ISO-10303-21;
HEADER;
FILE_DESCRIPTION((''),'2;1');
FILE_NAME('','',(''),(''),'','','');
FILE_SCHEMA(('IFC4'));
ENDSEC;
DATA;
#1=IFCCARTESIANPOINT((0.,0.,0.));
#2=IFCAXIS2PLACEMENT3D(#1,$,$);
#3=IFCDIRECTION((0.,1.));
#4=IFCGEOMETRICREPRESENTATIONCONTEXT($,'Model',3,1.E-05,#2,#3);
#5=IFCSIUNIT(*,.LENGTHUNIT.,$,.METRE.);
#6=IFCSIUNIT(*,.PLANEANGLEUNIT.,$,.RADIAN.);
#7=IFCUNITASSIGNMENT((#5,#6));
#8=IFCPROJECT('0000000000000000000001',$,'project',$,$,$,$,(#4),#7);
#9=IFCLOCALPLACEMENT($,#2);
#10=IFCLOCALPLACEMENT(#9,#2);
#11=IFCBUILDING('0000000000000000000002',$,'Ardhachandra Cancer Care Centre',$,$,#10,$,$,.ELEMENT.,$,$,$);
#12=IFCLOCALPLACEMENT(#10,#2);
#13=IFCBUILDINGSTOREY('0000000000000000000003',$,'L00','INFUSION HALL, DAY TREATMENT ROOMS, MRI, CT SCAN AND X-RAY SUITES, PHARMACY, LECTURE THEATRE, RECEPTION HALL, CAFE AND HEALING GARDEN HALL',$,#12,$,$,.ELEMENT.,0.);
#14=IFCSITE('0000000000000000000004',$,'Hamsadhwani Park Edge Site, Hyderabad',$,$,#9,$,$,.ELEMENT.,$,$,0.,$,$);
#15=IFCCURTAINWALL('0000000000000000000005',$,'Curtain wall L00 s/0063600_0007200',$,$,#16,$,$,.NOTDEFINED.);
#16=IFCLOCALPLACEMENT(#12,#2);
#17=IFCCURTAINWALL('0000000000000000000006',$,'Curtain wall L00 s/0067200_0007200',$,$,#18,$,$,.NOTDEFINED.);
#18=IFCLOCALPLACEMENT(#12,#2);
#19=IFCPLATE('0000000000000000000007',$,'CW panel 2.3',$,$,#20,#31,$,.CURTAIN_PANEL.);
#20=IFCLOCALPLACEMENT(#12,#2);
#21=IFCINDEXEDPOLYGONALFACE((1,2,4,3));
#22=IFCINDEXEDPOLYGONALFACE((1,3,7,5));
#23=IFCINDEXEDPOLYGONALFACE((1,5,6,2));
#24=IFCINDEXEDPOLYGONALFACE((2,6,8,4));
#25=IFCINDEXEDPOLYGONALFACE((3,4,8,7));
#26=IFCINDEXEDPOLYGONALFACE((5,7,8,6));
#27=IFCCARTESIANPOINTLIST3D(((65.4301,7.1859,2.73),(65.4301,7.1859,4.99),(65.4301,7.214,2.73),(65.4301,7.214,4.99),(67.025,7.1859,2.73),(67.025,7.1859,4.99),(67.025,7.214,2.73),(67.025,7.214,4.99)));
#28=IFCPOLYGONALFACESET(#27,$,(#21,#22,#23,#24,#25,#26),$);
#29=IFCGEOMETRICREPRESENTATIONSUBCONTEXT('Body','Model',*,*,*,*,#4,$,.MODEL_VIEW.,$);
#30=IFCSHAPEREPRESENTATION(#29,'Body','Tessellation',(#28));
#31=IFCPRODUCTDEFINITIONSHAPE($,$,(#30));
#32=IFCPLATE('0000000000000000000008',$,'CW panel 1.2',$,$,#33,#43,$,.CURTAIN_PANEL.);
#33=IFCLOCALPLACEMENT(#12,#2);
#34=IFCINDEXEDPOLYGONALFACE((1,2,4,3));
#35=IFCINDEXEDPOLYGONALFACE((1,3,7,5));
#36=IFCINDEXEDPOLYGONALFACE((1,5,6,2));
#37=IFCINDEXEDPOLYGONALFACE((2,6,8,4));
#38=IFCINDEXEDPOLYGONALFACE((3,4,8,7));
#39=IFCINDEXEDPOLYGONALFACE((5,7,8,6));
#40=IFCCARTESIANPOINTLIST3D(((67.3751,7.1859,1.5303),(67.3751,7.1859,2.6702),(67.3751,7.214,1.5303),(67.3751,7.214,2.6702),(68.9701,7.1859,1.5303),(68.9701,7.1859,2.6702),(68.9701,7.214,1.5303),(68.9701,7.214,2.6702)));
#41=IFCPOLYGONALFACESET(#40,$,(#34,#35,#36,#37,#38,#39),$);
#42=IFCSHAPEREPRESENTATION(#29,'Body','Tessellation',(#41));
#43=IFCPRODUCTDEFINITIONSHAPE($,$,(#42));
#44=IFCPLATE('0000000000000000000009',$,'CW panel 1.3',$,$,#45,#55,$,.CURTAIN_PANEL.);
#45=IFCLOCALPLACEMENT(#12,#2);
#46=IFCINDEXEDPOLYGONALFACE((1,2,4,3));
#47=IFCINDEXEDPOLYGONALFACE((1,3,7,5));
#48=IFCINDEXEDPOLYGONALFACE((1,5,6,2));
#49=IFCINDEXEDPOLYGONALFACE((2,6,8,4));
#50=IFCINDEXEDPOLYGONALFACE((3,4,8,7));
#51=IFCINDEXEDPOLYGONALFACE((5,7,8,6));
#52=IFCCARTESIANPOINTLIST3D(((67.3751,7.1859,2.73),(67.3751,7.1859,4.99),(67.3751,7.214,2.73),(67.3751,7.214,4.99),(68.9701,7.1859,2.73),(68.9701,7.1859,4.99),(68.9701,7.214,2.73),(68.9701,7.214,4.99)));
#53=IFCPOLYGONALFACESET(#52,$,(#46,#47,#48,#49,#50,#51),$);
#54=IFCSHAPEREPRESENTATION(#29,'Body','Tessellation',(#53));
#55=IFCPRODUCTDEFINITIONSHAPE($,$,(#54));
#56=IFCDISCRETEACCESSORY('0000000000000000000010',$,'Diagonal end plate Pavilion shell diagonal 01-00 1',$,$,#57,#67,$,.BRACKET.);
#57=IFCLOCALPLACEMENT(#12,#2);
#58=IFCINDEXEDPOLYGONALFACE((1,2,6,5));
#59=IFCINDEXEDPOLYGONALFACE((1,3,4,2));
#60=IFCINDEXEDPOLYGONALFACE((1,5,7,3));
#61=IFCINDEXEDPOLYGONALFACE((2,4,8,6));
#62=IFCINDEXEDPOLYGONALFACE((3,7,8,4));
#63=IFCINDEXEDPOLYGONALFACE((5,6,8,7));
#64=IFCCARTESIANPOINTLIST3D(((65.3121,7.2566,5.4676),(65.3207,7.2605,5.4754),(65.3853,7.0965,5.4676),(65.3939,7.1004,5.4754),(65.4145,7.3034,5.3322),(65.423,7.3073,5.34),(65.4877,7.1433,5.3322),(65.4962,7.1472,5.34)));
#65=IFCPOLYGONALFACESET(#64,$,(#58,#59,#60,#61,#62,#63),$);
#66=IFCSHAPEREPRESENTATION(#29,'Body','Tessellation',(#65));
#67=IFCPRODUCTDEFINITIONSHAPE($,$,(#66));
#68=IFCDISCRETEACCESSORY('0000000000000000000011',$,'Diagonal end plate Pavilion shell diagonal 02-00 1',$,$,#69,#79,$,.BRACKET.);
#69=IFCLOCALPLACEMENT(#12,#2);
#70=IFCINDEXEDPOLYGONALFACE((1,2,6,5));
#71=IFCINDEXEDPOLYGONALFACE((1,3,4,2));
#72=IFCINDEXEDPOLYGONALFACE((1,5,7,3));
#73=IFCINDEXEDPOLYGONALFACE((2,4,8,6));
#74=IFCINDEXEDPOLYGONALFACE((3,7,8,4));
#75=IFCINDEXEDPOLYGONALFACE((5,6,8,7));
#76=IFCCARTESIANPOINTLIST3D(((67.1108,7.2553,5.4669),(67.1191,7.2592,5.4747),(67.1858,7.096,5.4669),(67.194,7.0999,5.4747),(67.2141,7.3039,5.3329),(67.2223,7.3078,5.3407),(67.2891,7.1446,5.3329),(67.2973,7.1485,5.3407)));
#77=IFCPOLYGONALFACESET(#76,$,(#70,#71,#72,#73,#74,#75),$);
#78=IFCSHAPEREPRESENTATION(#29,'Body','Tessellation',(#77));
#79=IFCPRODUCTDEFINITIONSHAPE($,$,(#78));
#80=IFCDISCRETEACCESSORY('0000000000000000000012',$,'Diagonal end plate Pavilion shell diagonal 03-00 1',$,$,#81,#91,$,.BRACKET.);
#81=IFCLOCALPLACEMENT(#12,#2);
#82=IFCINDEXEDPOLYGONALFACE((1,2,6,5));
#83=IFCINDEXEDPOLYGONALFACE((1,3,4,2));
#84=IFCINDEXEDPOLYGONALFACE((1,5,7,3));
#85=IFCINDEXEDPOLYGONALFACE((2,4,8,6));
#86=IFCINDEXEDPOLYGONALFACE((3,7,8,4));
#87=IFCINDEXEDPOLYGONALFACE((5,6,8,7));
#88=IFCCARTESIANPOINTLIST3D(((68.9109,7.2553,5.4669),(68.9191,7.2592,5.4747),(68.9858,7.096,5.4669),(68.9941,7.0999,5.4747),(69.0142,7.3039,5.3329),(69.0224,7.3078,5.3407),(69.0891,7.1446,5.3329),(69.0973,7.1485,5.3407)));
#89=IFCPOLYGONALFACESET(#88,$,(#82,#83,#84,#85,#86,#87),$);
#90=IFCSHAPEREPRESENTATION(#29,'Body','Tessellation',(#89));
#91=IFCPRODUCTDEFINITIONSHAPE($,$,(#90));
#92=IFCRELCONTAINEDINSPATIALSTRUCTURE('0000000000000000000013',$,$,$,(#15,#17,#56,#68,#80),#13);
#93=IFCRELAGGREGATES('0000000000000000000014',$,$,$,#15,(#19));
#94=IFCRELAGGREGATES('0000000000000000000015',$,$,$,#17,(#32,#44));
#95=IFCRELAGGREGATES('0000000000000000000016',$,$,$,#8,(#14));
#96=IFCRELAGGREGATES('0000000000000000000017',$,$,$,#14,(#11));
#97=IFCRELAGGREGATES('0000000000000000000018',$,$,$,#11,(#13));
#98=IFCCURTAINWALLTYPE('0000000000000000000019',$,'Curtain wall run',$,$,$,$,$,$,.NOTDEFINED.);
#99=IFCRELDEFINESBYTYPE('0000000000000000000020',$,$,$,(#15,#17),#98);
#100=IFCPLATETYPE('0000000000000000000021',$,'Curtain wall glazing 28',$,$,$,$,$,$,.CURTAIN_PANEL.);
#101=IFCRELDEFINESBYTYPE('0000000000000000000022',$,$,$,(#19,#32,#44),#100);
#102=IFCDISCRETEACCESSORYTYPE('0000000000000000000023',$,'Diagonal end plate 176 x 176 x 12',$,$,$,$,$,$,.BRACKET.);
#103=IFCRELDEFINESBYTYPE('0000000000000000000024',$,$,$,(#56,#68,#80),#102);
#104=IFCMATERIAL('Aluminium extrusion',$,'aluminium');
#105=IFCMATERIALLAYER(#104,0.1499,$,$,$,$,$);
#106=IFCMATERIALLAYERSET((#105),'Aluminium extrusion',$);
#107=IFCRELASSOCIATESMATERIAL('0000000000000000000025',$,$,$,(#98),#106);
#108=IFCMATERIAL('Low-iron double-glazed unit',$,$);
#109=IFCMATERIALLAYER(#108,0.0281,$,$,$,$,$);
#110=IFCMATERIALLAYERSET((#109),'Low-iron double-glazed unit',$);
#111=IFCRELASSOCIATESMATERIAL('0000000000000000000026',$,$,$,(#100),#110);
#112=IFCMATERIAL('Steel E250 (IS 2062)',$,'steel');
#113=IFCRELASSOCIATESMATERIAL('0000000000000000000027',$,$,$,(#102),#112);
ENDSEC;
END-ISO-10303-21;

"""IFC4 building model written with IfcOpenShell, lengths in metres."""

from ifc_helpers import new_model, si_unit, direction, frame, origin, origin_2d, place, context, subcontext, project, spatial, rectangle, extrude, material, layer, layer_set, material_profile, profile_set, type_object, element, aggregate, save


model = new_model("IFC4")

# Units and contexts
model_context = context("Model", 3, precision=1e-05, world=origin(), true_north=direction((0.0, 1.0)))
body_context = subcontext(model_context, "Body", "Model", "MODEL_VIEW")
ifc_project = project(units=[si_unit("LENGTHUNIT", "METRE"), si_unit("PLANEANGLEUNIT", "RADIAN")], contexts=[model_context])

# Site, building, storey
site_placement = place(None, origin())
site = spatial("IfcSite", under=ifc_project, at=site_placement, Name="Hamsadhwani Park Edge Site, Hyderabad", CompositionType="ELEMENT", RefElevation=0.0)
building_placement = place(site_placement, origin())
building = spatial("IfcBuilding", under=site, at=building_placement, Name="Ardhachandra Cancer Care Centre", CompositionType="ELEMENT")
storey_placement = place(building_placement, origin())
storey = spatial("IfcBuildingStorey", under=building, at=storey_placement, Name="L00", Description="INFUSION HALL, DAY TREATMENT ROOMS, MRI, CT SCAN AND X-RAY SUITES, PHARMACY, LECTURE THEATRE, RECEPTION HALL, CAFE AND HEALING GARDEN HALL", CompositionType="ELEMENT", Elevation=0.0)

# Curtain walls
ifc_material_1 = material(Name="Aluminium extrusion", Category="aluminium")
ifc_layer_1 = layer(ifc_material_1, 0.1499)
ifc_layer_set_1 = layer_set([ifc_layer_1], Name="Aluminium extrusion")
curtain_wall_type = type_object("IfcCurtainWallType", Name="Curtain wall run", PredefinedType="NOTDEFINED", material=ifc_layer_set_1)
curtain_wall_1_placement = place(storey_placement, origin())
curtain_wall_1 = element("IfcCurtainWall", 1, at=curtain_wall_1_placement, inside=storey, type_object=curtain_wall_type, Name="Curtain wall L00 s/0063600_0007200", PredefinedType="NOTDEFINED")
curtain_wall_2_placement = place(storey_placement, origin())
curtain_wall_2 = element("IfcCurtainWall", 2, at=curtain_wall_2_placement, inside=storey, type_object=curtain_wall_type, Name="Curtain wall L00 s/0067200_0007200", PredefinedType="NOTDEFINED")

# Plates
ifc_material_2 = material(Name="Low-iron double-glazed unit")
ifc_layer_2 = layer(ifc_material_2, 0.0281)
ifc_layer_set_2 = layer_set([ifc_layer_2], Name="Low-iron double-glazed unit")
plate_type = type_object("IfcPlateType", Name="Curtain wall glazing 28", PredefinedType="CURTAIN_PANEL", material=ifc_layer_set_2)
plate_1_placement = place(storey_placement, frame((66.2275, 7.2, 2.73), z_axis=(0.0, 0.0, 1.0), x_axis=(1.0, 0.0, 0.0)))
plate_1 = element("IfcPlate", 3, at=plate_1_placement, type_object=plate_type, Name="CW panel 2.3", PredefinedType="CURTAIN_PANEL", context=body_context, shape_type="SweptSolid", body=[
    extrude(rectangle(XDim=1.595, YDim=0.0281, at=origin_2d()), origin(), (0.0, 0.0, 1.0), 2.26),
])
aggregate(curtain_wall_1, [plate_1])
plate_2_placement = place(storey_placement, frame((68.1726, 7.2, 1.5303), z_axis=(0.0, 0.0, 1.0), x_axis=(1.0, 0.0, 0.0)))
plate_2 = element("IfcPlate", 4, at=plate_2_placement, type_object=plate_type, Name="CW panel 1.2", PredefinedType="CURTAIN_PANEL", context=body_context, shape_type="SweptSolid", body=[
    extrude(rectangle(XDim=1.595, YDim=0.0281, at=origin_2d()), origin(), (0.0, 0.0, 1.0), 1.1399),
])
plate_3_placement = place(storey_placement, frame((68.1726, 7.2, 2.73), z_axis=(0.0, 0.0, 1.0), x_axis=(1.0, 0.0, 0.0)))
plate_3 = element("IfcPlate", 5, at=plate_3_placement, type_object=plate_type, Name="CW panel 1.3", PredefinedType="CURTAIN_PANEL", context=body_context, shape_type="SweptSolid", body=[
    extrude(rectangle(XDim=1.595, YDim=0.0281, at=origin_2d()), origin(), (0.0, 0.0, 1.0), 2.26),
])
aggregate(curtain_wall_2, [plate_2, plate_3])

# Discrete accessories
ifc_material_3 = material(Name="Steel E250 (IS 2062)", Category="steel")
ifc_material_profile_1 = material_profile(ifc_material_3, rectangle(XDim=0.176, YDim=0.176, at=origin_2d()), Name="PL 176x176x12")
ifc_profile_set_1 = profile_set([ifc_material_profile_1], Name="Steel E250 (IS 2062)")
discrete_accessory_type = type_object("IfcDiscreteAccessoryType", Name="Diagonal end plate 176 x 176 x 12", PredefinedType="BRACKET", material=ifc_profile_set_1)
discrete_accessory_placement = place(storey_placement, frame((65.3999, 7.2, 5.3999), z_axis=(0.699301, 0.31968, 0.639361), x_axis=(-0.41576, 0.909474, 0.0)))
element("IfcDiscreteAccessory", 6, at=discrete_accessory_placement, inside=storey, type_object=discrete_accessory_type, Name="Diagonal end plate Pavilion shell diagonal 01-00 1", PredefinedType="BRACKET", context=body_context, shape_type="SweptSolid", body=[
    extrude(rectangle(XDim=0.176, YDim=0.176, at=origin_2d()), origin(), (0.0, 0.0, 1.0), 0.0122),
])
for number, where, z_axis, x_axis, name in (
    (7, (67.2, 7.2, 5.3999), (0.688875, 0.324176, 0.648353), (-0.425797, 0.904819, 0.0), "Diagonal end plate Pavilion shell diagonal 02-00 1"),
    (8, (69.0, 7.2, 5.3999), (0.688875, 0.324176, 0.648353), (-0.425797, 0.904819, 0.0), "Diagonal end plate Pavilion shell diagonal 03-00 1"),
):
    element("IfcDiscreteAccessory", number, at=place(storey_placement, frame(where, z_axis=z_axis, x_axis=x_axis)), inside=storey, type_object=discrete_accessory_type, Name=name, PredefinedType="BRACKET", context=body_context, shape_type="SweptSolid", body=[
        extrude(rectangle(XDim=0.176, YDim=0.176, at=origin_2d()), origin(), (0.0, 0.0, 1.0), 0.012),
    ])

save(model, "model.ifc")
